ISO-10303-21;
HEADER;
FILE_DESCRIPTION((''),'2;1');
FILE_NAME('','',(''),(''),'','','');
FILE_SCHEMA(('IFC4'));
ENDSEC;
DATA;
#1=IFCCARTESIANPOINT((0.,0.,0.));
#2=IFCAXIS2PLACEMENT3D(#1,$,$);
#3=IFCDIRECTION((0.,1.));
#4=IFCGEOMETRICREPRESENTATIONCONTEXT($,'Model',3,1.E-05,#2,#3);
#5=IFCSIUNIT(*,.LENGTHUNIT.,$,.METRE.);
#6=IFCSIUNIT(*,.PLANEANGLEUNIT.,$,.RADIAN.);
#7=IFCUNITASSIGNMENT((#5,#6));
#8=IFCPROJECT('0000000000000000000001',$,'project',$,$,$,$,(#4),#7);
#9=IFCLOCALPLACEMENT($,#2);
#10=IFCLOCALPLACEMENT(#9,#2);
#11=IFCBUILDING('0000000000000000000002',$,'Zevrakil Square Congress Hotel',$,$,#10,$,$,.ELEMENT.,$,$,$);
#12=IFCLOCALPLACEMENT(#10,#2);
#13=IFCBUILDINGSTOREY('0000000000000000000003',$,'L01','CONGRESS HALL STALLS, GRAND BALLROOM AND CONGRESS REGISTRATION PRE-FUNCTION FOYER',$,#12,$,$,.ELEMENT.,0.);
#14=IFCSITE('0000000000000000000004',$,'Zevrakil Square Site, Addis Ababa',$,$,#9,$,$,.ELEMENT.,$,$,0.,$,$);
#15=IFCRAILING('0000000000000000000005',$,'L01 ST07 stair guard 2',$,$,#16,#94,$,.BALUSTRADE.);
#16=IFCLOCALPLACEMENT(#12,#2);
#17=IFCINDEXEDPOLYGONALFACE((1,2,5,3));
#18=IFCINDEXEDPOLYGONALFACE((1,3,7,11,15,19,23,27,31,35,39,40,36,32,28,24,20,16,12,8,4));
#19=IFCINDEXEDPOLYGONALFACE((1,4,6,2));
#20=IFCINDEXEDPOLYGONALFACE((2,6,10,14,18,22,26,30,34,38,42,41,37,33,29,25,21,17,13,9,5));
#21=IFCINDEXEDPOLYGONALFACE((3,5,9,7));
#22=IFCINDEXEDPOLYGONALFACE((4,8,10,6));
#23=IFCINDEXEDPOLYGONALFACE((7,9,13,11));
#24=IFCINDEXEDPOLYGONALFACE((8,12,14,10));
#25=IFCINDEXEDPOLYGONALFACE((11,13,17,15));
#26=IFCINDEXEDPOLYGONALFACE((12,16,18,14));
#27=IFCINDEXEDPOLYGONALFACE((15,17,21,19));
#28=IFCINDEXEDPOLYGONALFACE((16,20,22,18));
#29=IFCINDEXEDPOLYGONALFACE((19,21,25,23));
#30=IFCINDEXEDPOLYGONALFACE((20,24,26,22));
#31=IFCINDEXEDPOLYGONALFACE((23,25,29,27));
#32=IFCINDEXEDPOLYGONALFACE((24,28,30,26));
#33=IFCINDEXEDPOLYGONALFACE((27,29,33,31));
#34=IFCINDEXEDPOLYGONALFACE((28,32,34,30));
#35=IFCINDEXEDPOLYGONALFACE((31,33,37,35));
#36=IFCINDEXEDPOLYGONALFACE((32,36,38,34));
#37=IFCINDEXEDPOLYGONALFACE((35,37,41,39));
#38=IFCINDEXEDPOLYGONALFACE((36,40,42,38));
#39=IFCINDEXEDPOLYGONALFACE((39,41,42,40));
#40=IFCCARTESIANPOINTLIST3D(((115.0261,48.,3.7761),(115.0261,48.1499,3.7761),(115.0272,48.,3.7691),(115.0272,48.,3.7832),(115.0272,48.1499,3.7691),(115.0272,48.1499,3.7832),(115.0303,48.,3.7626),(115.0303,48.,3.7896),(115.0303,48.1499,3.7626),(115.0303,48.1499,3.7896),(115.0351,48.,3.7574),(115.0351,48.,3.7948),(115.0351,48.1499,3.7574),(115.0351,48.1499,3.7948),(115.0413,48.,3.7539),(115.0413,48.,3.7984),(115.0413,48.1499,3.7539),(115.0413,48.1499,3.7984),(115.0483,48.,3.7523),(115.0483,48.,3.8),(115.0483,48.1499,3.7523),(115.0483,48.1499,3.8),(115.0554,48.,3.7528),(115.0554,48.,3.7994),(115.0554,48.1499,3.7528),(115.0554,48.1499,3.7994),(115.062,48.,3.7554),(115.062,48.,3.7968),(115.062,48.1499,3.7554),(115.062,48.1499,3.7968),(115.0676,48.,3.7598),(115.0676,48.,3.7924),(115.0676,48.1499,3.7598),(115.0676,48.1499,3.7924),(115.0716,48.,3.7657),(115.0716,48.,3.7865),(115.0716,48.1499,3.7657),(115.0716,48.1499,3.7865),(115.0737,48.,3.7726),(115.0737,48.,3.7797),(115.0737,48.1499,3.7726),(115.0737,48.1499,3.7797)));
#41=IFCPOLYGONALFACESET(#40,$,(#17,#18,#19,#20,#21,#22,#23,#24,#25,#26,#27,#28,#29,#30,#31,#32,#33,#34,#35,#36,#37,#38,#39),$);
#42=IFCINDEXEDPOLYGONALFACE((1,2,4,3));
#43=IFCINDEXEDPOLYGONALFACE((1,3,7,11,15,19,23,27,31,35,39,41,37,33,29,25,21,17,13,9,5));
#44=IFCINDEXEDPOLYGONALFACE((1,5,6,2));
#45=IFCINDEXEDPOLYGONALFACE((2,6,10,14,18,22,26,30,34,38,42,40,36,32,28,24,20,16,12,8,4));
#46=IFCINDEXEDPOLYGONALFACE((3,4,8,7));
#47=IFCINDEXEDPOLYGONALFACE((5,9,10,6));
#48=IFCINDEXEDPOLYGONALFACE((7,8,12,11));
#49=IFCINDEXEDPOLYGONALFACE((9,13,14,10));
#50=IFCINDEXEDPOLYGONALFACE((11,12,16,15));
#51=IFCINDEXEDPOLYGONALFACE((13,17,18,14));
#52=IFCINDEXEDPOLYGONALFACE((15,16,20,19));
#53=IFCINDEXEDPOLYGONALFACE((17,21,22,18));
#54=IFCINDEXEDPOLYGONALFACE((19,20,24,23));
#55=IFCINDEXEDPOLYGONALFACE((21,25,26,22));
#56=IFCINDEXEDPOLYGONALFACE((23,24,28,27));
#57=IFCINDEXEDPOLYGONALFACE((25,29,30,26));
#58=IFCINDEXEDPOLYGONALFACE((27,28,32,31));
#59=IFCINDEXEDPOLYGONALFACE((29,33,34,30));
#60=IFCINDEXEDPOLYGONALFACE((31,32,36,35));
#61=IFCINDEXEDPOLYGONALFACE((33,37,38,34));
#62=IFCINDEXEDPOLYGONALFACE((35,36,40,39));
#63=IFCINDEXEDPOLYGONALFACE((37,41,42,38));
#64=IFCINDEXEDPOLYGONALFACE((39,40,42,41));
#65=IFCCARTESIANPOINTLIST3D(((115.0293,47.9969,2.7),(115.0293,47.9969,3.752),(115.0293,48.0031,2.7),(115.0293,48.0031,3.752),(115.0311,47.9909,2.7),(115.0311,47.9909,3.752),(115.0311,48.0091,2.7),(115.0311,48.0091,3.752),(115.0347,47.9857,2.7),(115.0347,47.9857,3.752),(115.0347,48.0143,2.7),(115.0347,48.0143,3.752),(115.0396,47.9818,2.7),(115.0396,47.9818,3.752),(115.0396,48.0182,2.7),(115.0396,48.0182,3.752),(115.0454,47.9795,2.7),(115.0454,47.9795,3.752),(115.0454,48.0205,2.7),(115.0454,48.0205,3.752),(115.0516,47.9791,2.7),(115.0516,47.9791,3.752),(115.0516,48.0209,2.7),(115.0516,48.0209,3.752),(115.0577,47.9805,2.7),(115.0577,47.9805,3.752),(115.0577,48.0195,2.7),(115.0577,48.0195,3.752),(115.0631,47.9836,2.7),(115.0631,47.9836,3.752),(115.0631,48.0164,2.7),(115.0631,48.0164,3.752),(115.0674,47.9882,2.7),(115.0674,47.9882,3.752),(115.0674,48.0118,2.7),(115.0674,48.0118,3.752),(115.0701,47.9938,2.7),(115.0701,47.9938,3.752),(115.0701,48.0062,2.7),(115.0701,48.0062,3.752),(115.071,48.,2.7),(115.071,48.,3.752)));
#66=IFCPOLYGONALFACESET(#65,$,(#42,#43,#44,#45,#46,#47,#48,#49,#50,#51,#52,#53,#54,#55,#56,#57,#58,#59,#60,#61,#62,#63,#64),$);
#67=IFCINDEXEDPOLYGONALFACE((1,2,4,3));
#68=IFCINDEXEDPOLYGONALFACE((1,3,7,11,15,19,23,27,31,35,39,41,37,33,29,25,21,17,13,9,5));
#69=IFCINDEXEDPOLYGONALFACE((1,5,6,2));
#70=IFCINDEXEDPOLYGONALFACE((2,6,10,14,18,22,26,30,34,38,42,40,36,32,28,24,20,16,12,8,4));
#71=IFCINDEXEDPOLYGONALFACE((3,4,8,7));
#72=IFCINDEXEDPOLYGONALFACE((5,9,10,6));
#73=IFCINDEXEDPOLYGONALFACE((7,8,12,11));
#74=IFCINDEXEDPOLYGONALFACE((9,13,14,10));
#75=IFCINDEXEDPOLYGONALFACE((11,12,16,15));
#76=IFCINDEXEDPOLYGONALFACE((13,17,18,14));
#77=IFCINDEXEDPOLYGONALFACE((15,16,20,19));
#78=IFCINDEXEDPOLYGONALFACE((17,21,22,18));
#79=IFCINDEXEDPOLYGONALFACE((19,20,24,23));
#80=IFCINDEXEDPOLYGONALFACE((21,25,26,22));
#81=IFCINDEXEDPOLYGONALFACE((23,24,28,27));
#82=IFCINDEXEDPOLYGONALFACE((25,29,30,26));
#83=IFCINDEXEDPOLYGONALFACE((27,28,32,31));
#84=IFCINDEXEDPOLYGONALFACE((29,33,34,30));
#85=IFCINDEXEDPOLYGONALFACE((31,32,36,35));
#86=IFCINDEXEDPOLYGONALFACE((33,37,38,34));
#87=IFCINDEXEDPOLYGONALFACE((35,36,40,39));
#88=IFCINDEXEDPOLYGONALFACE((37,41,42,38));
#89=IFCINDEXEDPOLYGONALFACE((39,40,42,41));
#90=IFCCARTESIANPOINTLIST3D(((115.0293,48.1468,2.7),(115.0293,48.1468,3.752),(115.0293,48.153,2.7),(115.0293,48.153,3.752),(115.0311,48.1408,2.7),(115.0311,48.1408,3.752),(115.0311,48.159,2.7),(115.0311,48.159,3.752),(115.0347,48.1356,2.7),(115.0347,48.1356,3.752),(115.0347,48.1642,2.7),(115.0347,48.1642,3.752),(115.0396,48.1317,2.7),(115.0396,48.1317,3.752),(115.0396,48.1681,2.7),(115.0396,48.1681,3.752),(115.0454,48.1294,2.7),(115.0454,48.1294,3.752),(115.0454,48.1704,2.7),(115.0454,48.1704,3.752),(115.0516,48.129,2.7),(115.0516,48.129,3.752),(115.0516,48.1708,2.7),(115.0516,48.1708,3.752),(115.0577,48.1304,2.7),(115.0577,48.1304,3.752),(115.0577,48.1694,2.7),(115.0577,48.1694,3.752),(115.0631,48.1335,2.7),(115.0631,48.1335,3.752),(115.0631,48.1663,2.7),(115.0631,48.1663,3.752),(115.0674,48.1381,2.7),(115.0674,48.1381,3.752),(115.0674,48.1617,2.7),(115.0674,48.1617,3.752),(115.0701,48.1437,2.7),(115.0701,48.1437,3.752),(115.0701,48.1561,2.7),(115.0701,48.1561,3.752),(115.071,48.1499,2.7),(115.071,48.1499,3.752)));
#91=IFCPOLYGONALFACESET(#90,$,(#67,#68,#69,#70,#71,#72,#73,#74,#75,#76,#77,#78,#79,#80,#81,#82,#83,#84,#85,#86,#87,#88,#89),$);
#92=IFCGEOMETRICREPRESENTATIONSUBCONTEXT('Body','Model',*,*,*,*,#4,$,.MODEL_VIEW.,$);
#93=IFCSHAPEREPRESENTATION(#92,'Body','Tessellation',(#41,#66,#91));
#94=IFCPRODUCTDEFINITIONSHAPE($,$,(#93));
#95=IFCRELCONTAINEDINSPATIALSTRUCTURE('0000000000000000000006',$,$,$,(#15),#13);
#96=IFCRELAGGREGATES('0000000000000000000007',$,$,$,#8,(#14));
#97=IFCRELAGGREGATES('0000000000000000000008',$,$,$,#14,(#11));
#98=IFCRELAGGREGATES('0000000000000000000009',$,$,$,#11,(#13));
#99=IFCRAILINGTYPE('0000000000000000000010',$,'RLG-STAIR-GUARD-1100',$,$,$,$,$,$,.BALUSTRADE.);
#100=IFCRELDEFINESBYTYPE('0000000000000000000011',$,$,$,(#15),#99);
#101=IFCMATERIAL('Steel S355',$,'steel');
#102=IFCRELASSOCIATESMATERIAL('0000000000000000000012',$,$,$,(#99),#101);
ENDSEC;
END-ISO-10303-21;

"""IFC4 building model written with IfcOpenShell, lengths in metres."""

from ifc_helpers import new_model, si_unit, direction, frame, origin, origin_2d, place, context, subcontext, project, spatial, circle, extrude, material, type_object, element, save


model = new_model("IFC4")

# Units and contexts
model_context = context("Model", 3, precision=1e-05, world=origin(), true_north=direction((0.0, 1.0)))
body_context = subcontext(model_context, "Body", "Model", "MODEL_VIEW")
ifc_project = project(units=[si_unit("LENGTHUNIT", "METRE"), si_unit("PLANEANGLEUNIT", "RADIAN")], contexts=[model_context])

# Site, building, storey
site_placement = place(None, origin())
site = spatial("IfcSite", under=ifc_project, at=site_placement, Name="Zevrakil Square Site, Addis Ababa", CompositionType="ELEMENT", RefElevation=0.0)
building_placement = place(site_placement, origin())
building = spatial("IfcBuilding", under=site, at=building_placement, Name="Zevrakil Square Congress Hotel", CompositionType="ELEMENT")
storey_placement = place(building_placement, origin())
storey = spatial("IfcBuildingStorey", under=building, at=storey_placement, Name="L01", Description="CONGRESS HALL STALLS, GRAND BALLROOM AND CONGRESS REGISTRATION PRE-FUNCTION FOYER", CompositionType="ELEMENT", Elevation=0.0)

# Railing
ifc_material_1 = material(Name="Steel S355", Category="steel")
railing_type_1 = type_object("IfcRailingType", Name="RLG-STAIR-GUARD-1100", PredefinedType="BALUSTRADE", material=ifc_material_1)
railing_1_placement = place(storey_placement, frame((115.05, 48.0, 2.7)))
element("IfcRailing", 1, at=railing_1_placement, inside=storey, type_object=railing_type_1, Name="L01 ST07 stair guard 2", PredefinedType="BALUSTRADE", context=body_context, shape_type="SweptSolid", body=[
    extrude(circle(Radius=0.0239, at=origin_2d()), frame((0.0, 0.0, 1.0762), z_axis=(0.0, 1.0, 0.0), x_axis=(-1.0, 0.0, 0.0)), (0.0, 0.0, 1.0), 0.1499),
    extrude(circle(Radius=0.021, at=origin_2d()), origin(), (0.0, 0.0, 1.0), 1.052),
    extrude(circle(Radius=0.021, at=origin_2d()), frame((0.0, 0.1499, 0.0)), (0.0, 0.0, 1.0), 1.052),
])

save(model, "model.ifc")
